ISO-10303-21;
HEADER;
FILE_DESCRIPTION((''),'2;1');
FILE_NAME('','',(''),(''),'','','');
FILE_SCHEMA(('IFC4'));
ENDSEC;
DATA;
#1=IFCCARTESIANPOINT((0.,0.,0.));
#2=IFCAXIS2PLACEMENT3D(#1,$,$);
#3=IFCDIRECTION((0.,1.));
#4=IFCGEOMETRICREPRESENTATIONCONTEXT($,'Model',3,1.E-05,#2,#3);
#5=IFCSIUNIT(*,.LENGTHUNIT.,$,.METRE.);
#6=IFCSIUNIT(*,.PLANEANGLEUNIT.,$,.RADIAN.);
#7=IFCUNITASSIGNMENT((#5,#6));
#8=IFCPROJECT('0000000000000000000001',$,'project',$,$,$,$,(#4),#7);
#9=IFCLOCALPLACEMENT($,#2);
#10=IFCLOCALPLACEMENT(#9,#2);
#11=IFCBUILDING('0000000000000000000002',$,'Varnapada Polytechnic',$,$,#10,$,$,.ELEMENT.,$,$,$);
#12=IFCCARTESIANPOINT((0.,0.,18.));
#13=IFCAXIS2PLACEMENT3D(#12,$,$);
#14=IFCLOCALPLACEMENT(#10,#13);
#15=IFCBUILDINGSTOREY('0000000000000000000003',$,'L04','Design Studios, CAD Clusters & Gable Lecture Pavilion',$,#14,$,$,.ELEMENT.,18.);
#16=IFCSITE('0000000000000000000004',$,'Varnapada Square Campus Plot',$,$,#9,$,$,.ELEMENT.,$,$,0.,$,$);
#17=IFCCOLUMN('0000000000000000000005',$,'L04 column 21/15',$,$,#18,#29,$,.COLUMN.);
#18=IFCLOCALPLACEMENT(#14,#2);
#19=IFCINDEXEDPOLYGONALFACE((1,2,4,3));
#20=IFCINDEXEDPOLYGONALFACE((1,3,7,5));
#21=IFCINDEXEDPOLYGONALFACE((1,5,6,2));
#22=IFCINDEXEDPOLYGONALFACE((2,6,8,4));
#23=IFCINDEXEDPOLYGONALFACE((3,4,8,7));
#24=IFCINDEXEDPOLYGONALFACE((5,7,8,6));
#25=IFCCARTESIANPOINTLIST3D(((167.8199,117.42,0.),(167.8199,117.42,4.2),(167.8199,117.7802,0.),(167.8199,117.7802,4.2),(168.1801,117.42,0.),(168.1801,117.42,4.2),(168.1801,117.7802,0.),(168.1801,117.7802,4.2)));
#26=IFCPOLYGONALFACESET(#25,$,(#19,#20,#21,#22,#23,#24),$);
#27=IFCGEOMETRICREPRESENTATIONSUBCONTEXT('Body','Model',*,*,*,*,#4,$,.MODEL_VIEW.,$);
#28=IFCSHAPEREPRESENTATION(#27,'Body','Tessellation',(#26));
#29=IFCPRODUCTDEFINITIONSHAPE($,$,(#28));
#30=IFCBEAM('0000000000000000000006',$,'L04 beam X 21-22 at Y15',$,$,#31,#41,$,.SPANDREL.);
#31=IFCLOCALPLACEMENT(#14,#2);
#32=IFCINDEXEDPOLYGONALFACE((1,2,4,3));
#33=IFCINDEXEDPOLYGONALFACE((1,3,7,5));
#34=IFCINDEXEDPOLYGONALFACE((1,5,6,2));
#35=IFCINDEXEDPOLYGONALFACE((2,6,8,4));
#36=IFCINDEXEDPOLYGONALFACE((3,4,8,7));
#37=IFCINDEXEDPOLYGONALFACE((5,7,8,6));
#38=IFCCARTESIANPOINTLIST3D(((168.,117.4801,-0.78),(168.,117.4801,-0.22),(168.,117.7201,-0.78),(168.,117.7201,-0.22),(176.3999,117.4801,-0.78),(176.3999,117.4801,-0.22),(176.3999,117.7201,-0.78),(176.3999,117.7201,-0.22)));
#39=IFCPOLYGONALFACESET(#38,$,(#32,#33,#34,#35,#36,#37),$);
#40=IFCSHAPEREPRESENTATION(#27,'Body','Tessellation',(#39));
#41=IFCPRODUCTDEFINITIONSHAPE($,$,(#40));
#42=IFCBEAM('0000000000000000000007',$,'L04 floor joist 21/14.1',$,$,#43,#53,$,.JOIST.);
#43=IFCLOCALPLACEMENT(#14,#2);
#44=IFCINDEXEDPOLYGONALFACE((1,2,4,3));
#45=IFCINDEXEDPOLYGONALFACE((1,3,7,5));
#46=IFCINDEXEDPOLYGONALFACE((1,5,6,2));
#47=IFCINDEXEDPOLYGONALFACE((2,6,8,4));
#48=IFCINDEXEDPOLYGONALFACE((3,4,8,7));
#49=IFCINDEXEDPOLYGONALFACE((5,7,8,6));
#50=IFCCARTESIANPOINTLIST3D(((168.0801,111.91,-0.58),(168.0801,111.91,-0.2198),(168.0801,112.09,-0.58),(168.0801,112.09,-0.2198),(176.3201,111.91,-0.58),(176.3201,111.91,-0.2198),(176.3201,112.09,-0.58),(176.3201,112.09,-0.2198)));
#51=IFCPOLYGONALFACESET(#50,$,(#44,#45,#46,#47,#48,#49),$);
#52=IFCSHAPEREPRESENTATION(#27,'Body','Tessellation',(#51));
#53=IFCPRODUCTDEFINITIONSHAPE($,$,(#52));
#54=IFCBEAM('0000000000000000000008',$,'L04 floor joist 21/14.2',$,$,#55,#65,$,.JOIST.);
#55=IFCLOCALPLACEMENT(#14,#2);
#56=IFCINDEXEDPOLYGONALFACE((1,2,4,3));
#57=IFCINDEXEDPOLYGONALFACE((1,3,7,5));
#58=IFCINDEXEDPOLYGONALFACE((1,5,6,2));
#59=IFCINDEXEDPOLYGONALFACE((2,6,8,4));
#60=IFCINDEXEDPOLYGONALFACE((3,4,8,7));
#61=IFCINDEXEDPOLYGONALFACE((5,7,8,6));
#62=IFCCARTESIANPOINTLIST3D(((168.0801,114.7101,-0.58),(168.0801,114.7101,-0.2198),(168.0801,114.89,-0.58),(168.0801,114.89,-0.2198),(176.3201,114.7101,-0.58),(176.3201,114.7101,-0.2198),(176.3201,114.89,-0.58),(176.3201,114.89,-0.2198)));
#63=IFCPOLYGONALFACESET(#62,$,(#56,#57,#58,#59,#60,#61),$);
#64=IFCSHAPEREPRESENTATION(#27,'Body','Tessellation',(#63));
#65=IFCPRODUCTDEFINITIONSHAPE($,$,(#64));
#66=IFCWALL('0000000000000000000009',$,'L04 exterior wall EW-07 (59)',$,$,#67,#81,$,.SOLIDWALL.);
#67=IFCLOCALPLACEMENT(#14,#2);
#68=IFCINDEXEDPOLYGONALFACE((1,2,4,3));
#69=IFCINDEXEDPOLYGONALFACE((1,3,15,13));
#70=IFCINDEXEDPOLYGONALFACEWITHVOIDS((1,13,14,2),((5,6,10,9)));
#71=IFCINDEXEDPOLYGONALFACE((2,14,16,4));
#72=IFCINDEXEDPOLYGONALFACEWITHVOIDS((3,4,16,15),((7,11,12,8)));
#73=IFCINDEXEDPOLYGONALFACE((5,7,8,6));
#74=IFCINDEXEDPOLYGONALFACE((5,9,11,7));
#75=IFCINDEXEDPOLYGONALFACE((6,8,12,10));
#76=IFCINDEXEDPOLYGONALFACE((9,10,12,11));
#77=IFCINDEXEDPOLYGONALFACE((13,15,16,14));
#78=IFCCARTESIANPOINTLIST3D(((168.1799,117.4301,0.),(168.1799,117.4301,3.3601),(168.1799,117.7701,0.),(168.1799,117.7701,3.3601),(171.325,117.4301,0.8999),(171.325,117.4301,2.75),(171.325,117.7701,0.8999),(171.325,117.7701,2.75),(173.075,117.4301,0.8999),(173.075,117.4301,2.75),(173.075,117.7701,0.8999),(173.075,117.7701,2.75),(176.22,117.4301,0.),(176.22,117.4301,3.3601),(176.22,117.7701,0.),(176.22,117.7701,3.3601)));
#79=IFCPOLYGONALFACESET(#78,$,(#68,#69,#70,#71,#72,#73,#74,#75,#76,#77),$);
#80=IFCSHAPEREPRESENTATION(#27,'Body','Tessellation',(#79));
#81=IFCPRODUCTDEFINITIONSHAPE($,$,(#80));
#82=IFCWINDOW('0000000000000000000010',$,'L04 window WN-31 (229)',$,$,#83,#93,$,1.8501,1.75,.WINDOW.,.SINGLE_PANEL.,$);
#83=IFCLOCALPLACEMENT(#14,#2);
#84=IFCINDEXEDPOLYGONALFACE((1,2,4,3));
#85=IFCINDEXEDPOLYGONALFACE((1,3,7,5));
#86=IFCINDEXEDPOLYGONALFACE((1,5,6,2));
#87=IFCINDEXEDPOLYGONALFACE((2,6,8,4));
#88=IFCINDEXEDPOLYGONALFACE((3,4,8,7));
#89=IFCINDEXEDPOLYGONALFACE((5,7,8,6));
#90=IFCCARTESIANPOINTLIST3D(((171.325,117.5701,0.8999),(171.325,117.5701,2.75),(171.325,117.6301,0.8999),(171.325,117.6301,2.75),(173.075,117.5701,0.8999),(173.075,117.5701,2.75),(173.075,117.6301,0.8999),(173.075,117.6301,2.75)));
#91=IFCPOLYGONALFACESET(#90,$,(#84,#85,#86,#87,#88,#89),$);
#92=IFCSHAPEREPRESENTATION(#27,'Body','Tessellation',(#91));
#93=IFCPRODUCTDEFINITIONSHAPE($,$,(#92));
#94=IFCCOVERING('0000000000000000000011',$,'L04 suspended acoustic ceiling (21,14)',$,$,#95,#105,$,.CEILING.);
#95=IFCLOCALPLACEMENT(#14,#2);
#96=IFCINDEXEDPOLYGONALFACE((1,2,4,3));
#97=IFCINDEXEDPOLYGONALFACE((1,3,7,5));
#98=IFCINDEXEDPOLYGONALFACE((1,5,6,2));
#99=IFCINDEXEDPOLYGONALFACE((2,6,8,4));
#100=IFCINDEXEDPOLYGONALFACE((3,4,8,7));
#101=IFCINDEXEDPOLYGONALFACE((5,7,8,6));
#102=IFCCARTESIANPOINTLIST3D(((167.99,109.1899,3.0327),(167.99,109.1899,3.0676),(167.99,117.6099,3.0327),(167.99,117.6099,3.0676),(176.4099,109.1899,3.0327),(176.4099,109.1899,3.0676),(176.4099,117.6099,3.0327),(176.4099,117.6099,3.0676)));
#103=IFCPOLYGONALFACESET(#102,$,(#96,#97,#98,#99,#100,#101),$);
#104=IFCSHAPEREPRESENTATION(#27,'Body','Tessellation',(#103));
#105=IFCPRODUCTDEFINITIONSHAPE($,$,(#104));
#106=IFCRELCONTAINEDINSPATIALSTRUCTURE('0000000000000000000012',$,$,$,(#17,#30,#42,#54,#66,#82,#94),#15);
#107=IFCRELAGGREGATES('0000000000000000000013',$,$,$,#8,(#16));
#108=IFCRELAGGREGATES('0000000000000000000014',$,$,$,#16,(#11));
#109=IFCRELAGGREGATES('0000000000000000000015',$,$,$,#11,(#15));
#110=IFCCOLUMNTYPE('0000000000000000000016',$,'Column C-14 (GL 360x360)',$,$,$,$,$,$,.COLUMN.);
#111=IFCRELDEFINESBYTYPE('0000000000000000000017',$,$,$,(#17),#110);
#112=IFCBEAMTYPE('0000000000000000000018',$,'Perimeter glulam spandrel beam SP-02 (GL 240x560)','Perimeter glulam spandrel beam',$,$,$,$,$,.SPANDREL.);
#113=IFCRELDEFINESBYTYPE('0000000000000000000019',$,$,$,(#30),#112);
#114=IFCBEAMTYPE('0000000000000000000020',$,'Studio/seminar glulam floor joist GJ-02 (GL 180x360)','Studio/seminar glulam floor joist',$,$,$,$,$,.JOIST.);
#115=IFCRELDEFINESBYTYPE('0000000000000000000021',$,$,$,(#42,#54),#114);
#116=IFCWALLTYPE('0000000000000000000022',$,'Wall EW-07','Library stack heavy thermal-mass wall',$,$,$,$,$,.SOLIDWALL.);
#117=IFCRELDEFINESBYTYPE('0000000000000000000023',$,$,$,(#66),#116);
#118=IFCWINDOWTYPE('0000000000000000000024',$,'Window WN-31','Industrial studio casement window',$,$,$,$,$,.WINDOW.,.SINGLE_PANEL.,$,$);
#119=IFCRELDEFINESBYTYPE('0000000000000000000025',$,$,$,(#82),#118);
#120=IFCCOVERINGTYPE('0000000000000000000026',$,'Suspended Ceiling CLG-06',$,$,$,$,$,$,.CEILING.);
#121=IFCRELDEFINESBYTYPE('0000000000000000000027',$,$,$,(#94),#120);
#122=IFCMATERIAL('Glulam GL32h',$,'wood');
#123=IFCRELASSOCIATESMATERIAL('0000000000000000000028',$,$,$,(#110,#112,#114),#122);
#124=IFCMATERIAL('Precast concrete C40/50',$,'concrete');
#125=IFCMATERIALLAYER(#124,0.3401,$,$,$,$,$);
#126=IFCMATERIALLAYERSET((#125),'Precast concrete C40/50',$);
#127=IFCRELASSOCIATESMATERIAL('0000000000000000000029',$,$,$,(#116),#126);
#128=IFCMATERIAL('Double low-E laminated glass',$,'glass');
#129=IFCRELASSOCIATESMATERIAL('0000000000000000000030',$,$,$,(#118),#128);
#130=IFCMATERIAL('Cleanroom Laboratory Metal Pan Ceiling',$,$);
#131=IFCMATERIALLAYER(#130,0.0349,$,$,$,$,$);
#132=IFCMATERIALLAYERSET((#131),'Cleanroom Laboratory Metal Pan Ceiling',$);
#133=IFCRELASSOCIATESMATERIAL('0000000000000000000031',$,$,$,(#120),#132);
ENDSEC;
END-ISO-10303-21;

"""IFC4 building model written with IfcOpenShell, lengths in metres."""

from ifc_helpers import new_model, si_unit, direction, frame, frame_2d, origin, origin_2d, place, context, subcontext, project, spatial, rectangle, extrude, material, layer, layer_set, material_profile, profile_set, type_object, element, fill, save


model = new_model("IFC4")

# Units and contexts
model_context = context("Model", 3, precision=1e-05, world=origin(), true_north=direction((0.0, 1.0)))
body_context = subcontext(model_context, "Body", "Model", "MODEL_VIEW")
ifc_project = project(units=[si_unit("LENGTHUNIT", "METRE"), si_unit("PLANEANGLEUNIT", "RADIAN")], contexts=[model_context])

# Site, building, storey
site_placement = place(None, origin())
site = spatial("IfcSite", under=ifc_project, at=site_placement, Name="Varnapada Square Campus Plot", CompositionType="ELEMENT", RefElevation=0.0)
building_placement = place(site_placement, origin())
building = spatial("IfcBuilding", under=site, at=building_placement, Name="Varnapada Polytechnic", CompositionType="ELEMENT")
storey_placement = place(building_placement, frame((0.0, 0.0, 18.0)))
storey = spatial("IfcBuildingStorey", under=building, at=storey_placement, Name="L04", Description="Design Studios, CAD Clusters & Gable Lecture Pavilion", CompositionType="ELEMENT", Elevation=18.0)

# Column
ifc_material_1 = material(Name="Glulam GL32h", Category="wood")
ifc_material_profile_1 = material_profile(ifc_material_1, rectangle(XDim=0.3601, YDim=0.3601, at=origin_2d()), Name="GL 360x360")
ifc_profile_set_1 = profile_set([ifc_material_profile_1], Name="Glulam GL32h")
column_type = type_object("IfcColumnType", Name="Column C-14 (GL 360x360)", PredefinedType="COLUMN", material=ifc_profile_set_1)
column_placement = place(storey_placement, frame((168.0, 117.6001, 0.0), z_axis=(0.0, 0.0, 1.0), x_axis=(1.0, 0.0, 0.0)))
element("IfcColumn", 1, at=column_placement, inside=storey, type_object=column_type, Name="L04 column 21/15", PredefinedType="COLUMN", context=body_context, shape_type="SweptSolid", body=[
    extrude(rectangle(XDim=0.3601, YDim=0.3601, at=origin_2d()), origin(), (0.0, 0.0, 1.0), 4.2),
])

# Beams
ifc_material_profile_2 = material_profile(ifc_material_1, rectangle(XDim=0.24, YDim=0.5601, at=origin_2d()), Name="GL 240x560")
ifc_profile_set_2 = profile_set([ifc_material_profile_2], Name="Glulam GL32h")
beam_type_1 = type_object("IfcBeamType", Name="Perimeter glulam spandrel beam SP-02 (GL 240x560)", Description="Perimeter glulam spandrel beam", PredefinedType="SPANDREL", material=ifc_profile_set_2)
beam_placement = place(storey_placement, frame((168.0, 117.6001, -0.5), z_axis=(1.0, 0.0, 0.0), x_axis=(0.0, 1.0, 0.0)))
element("IfcBeam", 2, at=beam_placement, inside=storey, type_object=beam_type_1, Name="L04 beam X 21-22 at Y15", PredefinedType="SPANDREL", context=body_context, shape_type="SweptSolid", body=[
    extrude(rectangle(XDim=0.24, YDim=0.5601, at=origin_2d()), origin(), (0.0, 0.0, 1.0), 8.3999),
])
ifc_material_profile_3 = material_profile(ifc_material_1, rectangle(XDim=0.1799, YDim=0.3601, at=origin_2d()), Name="GL 180x360")
ifc_profile_set_3 = profile_set([ifc_material_profile_3], Name="Glulam GL32h")
beam_type_2 = type_object("IfcBeamType", Name="Studio/seminar glulam floor joist GJ-02 (GL 180x360)", Description="Studio/seminar glulam floor joist", PredefinedType="JOIST", material=ifc_profile_set_3)
for number, where, z_axis, x_axis, name in (
    (3, (168.0801, 112.0, -0.3999), (1.0, 0.0, 0.0), (0.0, 1.0, 0.0), "L04 floor joist 21/14.1"),
    (4, (168.0801, 114.8, -0.3999), (1.0, 0.0, 0.0), (0.0, 1.0, 0.0), "L04 floor joist 21/14.2"),
):
    element("IfcBeam", number, at=place(storey_placement, frame(where, z_axis=z_axis, x_axis=x_axis)), inside=storey, type_object=beam_type_2, Name=name, PredefinedType="JOIST", context=body_context, shape_type="SweptSolid", body=[
        extrude(rectangle(XDim=0.1799, YDim=0.3601, at=origin_2d()), origin(), (0.0, 0.0, 1.0), 8.24),
    ])

# Wall, opening, window
ifc_material_2 = material(Name="Precast concrete C40/50", Category="concrete")
ifc_layer_1 = layer(ifc_material_2, 0.3401)
ifc_layer_set_1 = layer_set([ifc_layer_1], Name="Precast concrete C40/50")
wall_type = type_object("IfcWallType", Name="Wall EW-07", Description="Library stack heavy thermal-mass wall", PredefinedType="SOLIDWALL", material=ifc_layer_set_1)
wall_placement = place(storey_placement, frame((168.1799, 117.6001, 0.0), z_axis=(0.0, 0.0, 1.0), x_axis=(1.0, 0.0, 0.0)))
wall = element("IfcWall", 5, at=wall_placement, inside=storey, type_object=wall_type, Name="L04 exterior wall EW-07 (59)", PredefinedType="SOLIDWALL", context=body_context, shape_type="SweptSolid", body=[
    extrude(rectangle(XDim=8.04, YDim=0.3401, at=frame_2d((4.02, 0.0))), origin(), (0.0, 0.0, 1.0), 3.3601),
])
opening_1_placement = place(wall_placement, frame((3.145, 0.0, 0.8999)))
opening_1 = element("IfcOpeningElement", 6, at=opening_1_placement, cuts=wall, PredefinedType="OPENING", context=body_context, shape_type="SweptSolid", body=[
    extrude(rectangle(XDim=1.75, YDim=1.8501, at=frame_2d((0.875, 0.925))), frame((0.0, 0.1799, 0.0), z_axis=(0.0, -1.0, 0.0), x_axis=(1.0, 0.0, 0.0)), (0.0, 0.0, 1.0), 0.3601),
])
ifc_material_3 = material(Name="Double low-E laminated glass", Category="glass")
window_type = type_object("IfcWindowType", Name="Window WN-31", Description="Industrial studio casement window", PartitioningType="SINGLE_PANEL", PredefinedType="WINDOW", material=ifc_material_3)
window_placement = place(opening_1_placement, origin())
window = element("IfcWindow", 7, at=window_placement, inside=storey, type_object=window_type, Name="L04 window WN-31 (229)", OverallHeight=1.8501, OverallWidth=1.75, PartitioningType="SINGLE_PANEL", PredefinedType="WINDOW", context=body_context, shape_type="SweptSolid", body=[
    extrude(rectangle(XDim=1.75, YDim=1.8501, at=frame_2d((0.875, 0.925))), frame((0.0, 0.03, 0.0), z_axis=(0.0, -1.0, 0.0), x_axis=(1.0, 0.0, 0.0)), (0.0, 0.0, 1.0), 0.0601),
])
fill(opening_1, window)

# Covering
ifc_material_4 = material(Name="Cleanroom Laboratory Metal Pan Ceiling")
ifc_layer_2 = layer(ifc_material_4, 0.0349)
ifc_layer_set_2 = layer_set([ifc_layer_2], Name="Cleanroom Laboratory Metal Pan Ceiling")
covering_type_1 = type_object("IfcCoveringType", Name="Suspended Ceiling CLG-06", PredefinedType="CEILING", material=ifc_layer_set_2)
covering_1_placement = place(storey_placement, frame((172.2, 113.3999, 3.0327), z_axis=(0.0, 0.0, 1.0), x_axis=(1.0, 0.0, 0.0)))
element("IfcCovering", 8, at=covering_1_placement, inside=storey, type_object=covering_type_1, Name="L04 suspended acoustic ceiling (21,14)", PredefinedType="CEILING", context=body_context, shape_type="SweptSolid", body=[
    extrude(rectangle(XDim=8.4199, YDim=8.4199, at=origin_2d()), origin(), (0.0, 0.0, 1.0), 0.0349),
])

save(model, "model.ifc")
